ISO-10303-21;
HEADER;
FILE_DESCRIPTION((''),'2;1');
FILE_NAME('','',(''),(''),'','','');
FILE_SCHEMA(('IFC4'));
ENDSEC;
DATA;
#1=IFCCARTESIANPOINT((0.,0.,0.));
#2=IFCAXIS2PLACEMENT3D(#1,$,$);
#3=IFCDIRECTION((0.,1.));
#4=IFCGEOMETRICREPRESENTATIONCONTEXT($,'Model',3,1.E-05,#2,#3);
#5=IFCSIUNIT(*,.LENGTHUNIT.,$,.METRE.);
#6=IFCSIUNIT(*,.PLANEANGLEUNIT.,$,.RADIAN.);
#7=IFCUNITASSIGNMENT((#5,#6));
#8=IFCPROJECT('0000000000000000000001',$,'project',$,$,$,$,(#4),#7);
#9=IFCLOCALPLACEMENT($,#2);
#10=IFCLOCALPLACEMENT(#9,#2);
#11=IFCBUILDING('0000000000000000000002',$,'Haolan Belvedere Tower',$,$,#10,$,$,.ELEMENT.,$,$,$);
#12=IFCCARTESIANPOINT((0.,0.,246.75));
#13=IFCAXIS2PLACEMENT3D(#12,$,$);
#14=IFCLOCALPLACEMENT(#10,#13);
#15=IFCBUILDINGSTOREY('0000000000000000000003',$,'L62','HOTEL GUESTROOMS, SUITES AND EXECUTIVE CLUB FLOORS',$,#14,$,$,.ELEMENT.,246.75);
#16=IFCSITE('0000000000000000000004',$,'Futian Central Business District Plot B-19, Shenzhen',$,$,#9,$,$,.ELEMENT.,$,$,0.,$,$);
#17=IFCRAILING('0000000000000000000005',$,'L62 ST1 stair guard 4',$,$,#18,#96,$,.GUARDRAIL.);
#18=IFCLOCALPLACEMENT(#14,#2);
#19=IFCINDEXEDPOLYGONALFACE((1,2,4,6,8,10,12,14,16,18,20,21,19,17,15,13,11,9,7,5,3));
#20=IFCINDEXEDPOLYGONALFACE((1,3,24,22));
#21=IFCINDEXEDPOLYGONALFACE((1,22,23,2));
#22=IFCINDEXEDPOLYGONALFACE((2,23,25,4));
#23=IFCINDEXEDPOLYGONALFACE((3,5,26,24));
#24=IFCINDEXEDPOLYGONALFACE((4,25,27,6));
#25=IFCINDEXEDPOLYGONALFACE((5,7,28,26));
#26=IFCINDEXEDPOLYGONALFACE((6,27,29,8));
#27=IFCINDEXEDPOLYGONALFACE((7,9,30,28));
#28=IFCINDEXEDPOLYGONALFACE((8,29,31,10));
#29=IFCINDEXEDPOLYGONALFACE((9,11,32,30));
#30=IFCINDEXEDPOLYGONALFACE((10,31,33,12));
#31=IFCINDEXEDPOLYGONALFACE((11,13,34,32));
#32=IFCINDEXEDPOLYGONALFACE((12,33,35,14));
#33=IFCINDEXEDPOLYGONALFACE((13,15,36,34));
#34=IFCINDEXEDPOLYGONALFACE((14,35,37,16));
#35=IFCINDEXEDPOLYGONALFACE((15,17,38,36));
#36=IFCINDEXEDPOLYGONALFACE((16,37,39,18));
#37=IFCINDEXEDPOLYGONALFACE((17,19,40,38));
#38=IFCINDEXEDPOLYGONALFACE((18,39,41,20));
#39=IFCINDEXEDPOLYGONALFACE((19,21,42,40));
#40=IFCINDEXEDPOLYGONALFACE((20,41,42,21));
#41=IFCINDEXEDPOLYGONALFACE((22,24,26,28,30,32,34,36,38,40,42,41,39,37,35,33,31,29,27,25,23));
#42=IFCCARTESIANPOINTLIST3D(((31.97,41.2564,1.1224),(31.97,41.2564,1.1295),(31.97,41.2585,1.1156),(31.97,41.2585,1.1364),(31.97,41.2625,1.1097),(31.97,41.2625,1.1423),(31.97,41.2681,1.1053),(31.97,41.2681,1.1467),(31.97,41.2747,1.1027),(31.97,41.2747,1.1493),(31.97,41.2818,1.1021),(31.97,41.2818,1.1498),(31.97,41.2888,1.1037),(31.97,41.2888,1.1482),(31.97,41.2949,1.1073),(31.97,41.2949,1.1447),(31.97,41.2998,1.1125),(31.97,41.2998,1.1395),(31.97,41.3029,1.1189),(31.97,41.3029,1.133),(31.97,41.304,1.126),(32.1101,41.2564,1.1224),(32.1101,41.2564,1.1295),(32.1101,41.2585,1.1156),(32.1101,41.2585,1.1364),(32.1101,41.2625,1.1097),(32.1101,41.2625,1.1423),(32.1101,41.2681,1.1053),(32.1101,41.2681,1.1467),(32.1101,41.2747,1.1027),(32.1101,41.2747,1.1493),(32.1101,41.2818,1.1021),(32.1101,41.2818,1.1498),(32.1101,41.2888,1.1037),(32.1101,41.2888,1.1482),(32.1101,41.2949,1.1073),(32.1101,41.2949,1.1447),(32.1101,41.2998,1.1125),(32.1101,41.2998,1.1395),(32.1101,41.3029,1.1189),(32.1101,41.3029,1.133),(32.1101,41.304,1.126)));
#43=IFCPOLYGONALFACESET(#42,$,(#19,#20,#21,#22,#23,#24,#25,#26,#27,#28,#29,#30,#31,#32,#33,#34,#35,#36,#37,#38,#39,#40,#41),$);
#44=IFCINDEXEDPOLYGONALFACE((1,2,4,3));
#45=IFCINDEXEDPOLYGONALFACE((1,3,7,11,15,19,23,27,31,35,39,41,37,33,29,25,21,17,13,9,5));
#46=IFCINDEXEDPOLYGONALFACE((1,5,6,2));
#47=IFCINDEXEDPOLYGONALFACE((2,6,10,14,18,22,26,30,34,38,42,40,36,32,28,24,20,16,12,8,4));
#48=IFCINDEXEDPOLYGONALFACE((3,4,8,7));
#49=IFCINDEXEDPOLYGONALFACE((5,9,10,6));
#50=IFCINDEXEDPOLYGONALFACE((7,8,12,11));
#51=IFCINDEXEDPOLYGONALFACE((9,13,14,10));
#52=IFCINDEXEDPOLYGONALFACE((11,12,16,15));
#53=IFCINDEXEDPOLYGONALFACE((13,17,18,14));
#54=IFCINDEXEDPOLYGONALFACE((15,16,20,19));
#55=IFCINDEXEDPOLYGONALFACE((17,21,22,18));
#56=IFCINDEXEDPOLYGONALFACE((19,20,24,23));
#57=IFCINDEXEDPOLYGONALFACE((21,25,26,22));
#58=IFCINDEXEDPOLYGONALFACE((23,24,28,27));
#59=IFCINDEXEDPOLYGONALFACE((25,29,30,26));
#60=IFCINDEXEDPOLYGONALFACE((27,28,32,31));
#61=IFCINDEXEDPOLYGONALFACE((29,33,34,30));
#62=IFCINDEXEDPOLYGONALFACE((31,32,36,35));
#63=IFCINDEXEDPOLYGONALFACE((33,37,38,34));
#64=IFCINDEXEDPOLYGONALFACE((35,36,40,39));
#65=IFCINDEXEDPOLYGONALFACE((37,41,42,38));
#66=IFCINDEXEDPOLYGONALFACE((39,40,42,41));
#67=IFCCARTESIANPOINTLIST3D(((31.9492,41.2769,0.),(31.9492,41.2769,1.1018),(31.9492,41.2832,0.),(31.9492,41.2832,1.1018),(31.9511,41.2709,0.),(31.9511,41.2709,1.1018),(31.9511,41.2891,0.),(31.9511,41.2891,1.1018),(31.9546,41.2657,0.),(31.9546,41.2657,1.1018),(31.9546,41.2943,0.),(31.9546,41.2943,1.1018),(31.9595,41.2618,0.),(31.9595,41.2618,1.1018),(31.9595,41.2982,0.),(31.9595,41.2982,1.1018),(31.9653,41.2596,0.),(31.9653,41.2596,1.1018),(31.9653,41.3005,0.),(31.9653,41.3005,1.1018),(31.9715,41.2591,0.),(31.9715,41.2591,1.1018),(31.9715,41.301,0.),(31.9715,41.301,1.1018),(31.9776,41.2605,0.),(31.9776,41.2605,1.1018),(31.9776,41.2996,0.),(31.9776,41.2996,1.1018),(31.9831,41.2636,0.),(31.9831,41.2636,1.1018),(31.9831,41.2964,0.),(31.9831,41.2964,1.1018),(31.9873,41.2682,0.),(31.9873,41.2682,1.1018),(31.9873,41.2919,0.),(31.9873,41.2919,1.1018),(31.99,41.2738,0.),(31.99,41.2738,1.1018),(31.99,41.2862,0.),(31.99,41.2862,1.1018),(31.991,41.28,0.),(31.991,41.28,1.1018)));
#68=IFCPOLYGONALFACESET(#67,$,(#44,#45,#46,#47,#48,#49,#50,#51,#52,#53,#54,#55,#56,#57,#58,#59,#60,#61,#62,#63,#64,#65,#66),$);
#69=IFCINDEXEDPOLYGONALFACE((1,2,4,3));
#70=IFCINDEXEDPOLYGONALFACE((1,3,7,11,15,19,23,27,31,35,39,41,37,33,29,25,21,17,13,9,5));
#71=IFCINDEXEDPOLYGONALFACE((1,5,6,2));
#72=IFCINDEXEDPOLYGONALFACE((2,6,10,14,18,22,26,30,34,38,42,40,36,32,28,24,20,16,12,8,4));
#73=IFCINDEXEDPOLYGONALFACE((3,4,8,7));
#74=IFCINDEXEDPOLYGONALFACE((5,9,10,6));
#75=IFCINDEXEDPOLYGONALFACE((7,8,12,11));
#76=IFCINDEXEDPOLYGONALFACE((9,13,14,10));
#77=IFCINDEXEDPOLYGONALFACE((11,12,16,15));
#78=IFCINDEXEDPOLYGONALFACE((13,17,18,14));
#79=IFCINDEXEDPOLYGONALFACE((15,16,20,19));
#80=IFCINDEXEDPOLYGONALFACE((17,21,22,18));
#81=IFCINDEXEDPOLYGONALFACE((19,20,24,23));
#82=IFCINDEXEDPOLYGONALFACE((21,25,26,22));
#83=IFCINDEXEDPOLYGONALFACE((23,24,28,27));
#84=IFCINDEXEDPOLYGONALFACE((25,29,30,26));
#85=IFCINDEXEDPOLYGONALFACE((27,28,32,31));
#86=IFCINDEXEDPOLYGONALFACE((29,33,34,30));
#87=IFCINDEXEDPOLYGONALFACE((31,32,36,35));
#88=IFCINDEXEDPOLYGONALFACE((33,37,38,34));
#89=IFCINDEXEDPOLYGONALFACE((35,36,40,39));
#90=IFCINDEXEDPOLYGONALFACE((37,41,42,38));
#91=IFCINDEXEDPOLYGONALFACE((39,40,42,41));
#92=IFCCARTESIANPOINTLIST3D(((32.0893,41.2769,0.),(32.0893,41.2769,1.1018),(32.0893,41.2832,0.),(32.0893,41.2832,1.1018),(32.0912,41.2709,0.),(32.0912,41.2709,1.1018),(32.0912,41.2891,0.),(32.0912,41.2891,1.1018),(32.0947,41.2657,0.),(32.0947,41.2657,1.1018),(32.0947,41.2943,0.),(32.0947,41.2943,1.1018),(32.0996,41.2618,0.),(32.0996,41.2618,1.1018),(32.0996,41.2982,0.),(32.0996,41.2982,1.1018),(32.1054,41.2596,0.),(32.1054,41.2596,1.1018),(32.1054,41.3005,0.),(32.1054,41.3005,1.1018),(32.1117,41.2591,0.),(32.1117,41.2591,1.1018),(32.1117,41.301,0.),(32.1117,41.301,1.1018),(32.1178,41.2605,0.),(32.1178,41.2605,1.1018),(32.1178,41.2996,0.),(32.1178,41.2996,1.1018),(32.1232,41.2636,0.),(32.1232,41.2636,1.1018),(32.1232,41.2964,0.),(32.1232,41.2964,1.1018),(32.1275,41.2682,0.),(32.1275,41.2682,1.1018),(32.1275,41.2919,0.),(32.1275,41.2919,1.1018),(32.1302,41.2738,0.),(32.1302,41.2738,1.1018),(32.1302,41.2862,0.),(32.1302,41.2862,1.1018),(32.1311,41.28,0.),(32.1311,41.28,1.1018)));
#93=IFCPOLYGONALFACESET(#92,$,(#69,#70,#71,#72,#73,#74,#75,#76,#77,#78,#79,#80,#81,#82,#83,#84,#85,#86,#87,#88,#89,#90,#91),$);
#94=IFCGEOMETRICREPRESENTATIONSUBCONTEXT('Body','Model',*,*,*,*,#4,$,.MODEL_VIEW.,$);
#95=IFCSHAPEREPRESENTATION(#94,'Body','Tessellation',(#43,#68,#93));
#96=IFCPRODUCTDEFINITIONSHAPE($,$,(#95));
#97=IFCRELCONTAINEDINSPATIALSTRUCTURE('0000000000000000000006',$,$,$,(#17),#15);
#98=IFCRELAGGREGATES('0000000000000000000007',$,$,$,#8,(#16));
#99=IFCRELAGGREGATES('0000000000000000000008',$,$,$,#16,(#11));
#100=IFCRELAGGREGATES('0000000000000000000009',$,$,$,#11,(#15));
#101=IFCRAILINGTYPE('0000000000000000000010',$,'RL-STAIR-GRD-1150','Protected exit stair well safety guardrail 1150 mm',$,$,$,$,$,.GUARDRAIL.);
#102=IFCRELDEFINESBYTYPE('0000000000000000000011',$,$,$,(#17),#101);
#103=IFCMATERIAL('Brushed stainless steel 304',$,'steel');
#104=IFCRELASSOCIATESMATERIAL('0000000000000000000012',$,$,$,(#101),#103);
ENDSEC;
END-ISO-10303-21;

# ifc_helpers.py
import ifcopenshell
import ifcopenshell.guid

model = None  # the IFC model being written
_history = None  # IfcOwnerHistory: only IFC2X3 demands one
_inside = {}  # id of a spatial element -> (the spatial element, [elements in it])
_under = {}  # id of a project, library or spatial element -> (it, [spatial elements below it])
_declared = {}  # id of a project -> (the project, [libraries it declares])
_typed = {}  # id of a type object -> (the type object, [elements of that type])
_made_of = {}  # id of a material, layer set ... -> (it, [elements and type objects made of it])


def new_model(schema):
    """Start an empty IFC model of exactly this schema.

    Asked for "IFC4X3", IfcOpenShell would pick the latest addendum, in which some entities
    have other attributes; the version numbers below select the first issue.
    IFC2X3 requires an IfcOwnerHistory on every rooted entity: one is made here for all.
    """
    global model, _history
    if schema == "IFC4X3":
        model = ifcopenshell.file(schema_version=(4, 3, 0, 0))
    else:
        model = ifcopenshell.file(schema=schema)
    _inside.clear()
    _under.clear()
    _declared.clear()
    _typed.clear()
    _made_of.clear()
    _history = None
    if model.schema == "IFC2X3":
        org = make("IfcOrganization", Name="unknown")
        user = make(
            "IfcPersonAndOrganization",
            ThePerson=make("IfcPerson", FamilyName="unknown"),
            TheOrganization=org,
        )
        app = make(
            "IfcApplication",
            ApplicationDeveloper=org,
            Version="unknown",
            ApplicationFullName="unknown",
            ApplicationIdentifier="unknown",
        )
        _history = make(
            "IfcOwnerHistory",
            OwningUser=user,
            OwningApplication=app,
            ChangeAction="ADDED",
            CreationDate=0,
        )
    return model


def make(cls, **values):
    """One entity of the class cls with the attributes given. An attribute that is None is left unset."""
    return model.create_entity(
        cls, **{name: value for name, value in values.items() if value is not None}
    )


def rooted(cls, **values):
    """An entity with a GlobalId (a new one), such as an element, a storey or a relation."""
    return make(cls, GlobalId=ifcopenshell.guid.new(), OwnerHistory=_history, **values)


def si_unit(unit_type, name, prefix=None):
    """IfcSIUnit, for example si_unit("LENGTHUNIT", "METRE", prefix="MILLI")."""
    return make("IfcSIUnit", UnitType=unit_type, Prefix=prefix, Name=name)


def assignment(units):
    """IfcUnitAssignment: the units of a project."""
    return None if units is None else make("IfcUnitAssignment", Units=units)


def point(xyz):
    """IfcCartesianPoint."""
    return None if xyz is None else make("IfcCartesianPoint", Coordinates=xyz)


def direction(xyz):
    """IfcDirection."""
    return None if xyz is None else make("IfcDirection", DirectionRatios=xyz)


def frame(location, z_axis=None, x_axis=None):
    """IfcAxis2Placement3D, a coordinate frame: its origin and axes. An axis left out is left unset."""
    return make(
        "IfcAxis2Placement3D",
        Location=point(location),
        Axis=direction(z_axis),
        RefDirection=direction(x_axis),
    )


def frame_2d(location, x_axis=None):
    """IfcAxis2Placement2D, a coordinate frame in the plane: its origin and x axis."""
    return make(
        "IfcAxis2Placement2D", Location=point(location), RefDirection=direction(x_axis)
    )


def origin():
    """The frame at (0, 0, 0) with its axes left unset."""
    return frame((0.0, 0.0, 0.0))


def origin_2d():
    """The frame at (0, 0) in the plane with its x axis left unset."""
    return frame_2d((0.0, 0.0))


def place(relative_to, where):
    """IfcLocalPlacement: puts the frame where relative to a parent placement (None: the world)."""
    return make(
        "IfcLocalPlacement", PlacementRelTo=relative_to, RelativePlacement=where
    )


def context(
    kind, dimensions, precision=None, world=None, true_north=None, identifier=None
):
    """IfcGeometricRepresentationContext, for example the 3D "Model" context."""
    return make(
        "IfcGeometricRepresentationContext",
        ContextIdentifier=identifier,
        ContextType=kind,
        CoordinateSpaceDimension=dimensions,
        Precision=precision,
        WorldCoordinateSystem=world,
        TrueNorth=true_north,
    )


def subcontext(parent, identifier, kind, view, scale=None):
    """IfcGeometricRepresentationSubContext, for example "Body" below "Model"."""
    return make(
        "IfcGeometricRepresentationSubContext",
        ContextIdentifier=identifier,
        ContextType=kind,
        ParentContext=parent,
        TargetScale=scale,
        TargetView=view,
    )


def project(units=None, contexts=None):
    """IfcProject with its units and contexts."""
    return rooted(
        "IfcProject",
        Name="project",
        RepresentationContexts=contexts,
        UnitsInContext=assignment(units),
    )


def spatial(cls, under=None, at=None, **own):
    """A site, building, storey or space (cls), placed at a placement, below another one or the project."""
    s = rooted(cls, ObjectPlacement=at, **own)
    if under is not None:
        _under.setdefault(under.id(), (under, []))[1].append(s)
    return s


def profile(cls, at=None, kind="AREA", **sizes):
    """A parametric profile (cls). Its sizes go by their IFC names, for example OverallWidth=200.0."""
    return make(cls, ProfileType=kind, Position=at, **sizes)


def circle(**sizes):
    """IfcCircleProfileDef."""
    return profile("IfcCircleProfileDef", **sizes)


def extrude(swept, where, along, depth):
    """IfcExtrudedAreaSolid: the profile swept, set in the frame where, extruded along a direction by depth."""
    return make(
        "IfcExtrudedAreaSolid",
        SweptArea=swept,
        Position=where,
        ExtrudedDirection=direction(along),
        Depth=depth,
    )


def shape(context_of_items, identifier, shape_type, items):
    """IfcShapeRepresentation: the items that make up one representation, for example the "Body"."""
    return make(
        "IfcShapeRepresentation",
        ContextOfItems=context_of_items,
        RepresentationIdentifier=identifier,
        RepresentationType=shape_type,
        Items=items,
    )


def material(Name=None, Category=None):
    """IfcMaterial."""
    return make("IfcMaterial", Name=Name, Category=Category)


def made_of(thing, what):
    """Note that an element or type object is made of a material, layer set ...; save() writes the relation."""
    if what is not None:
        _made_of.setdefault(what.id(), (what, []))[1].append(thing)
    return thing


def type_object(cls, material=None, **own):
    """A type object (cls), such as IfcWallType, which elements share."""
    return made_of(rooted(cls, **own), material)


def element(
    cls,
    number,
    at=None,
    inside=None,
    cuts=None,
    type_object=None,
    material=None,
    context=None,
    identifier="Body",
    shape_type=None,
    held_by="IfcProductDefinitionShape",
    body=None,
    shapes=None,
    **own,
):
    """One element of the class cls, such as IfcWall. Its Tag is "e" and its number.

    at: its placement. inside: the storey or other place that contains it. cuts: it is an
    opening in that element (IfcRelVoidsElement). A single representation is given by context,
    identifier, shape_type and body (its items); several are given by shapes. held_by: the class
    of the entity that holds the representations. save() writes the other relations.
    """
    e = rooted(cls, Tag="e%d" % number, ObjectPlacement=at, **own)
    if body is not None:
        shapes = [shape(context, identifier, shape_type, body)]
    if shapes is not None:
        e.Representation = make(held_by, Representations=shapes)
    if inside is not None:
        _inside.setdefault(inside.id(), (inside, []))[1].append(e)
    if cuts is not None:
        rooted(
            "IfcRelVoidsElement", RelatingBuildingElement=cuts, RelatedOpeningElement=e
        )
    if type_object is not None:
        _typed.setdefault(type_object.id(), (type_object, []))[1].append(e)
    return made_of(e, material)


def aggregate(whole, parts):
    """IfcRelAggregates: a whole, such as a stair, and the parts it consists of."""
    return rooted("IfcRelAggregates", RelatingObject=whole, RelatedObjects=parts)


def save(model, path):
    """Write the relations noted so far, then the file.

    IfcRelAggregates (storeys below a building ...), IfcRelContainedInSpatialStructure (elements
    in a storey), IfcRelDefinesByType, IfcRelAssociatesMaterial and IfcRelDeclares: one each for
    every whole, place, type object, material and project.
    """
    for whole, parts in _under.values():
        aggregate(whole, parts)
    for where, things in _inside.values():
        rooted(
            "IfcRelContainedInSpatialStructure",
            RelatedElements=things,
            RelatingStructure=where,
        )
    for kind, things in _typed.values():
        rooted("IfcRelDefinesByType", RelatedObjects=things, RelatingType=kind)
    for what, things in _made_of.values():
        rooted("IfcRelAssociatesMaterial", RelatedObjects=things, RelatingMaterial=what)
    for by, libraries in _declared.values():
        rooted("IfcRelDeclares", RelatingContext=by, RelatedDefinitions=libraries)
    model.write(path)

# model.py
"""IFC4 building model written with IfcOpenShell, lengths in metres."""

from ifc_helpers import new_model, si_unit, direction, frame, origin, origin_2d, place, context, subcontext, project, spatial, circle, extrude, material, type_object, element, save


model = new_model("IFC4")

# Units and contexts
model_context = context("Model", 3, precision=1e-05, world=origin(), true_north=direction((0.0, 1.0)))
body_context = subcontext(model_context, "Body", "Model", "MODEL_VIEW")
ifc_project = project(units=[si_unit("LENGTHUNIT", "METRE"), si_unit("PLANEANGLEUNIT", "RADIAN")], contexts=[model_context])

# Site, building, storey
site_placement = place(None, origin())
site = spatial("IfcSite", under=ifc_project, at=site_placement, Name="Futian Central Business District Plot B-19, Shenzhen", CompositionType="ELEMENT", RefElevation=0.0)
building_placement = place(site_placement, origin())
building = spatial("IfcBuilding", under=site, at=building_placement, Name="Haolan Belvedere Tower", CompositionType="ELEMENT")
storey_placement = place(building_placement, frame((0.0, 0.0, 246.75)))
storey = spatial("IfcBuildingStorey", under=building, at=storey_placement, Name="L62", Description="HOTEL GUESTROOMS, SUITES AND EXECUTIVE CLUB FLOORS", CompositionType="ELEMENT", Elevation=246.75)

# Railing
ifc_material_1 = material(Name="Brushed stainless steel 304", Category="steel")
railing_type_1 = type_object("IfcRailingType", Name="RL-STAIR-GRD-1150", Description="Protected exit stair well safety guardrail 1150 mm", PredefinedType="GUARDRAIL", material=ifc_material_1)
railing_1_placement = place(storey_placement, frame((31.97, 41.28, 0.0)))
element("IfcRailing", 1, at=railing_1_placement, inside=storey, type_object=railing_type_1, Name="L62 ST1 stair guard 4", PredefinedType="GUARDRAIL", context=body_context, shape_type="SweptSolid", body=[
    extrude(circle(Radius=0.0239, at=origin_2d()), frame((0.0, 0.0, 1.126), z_axis=(1.0, 0.0, 0.0), x_axis=(0.0, 1.0, 0.0)), (0.0, 0.0, 1.0), 0.1401),
    extrude(circle(Radius=0.021, at=origin_2d()), origin(), (0.0, 0.0, 1.0), 1.1018),
    extrude(circle(Radius=0.021, at=origin_2d()), frame((0.1401, 0.0, 0.0)), (0.0, 0.0, 1.0), 1.1018),
])

save(model, "model.ifc")
